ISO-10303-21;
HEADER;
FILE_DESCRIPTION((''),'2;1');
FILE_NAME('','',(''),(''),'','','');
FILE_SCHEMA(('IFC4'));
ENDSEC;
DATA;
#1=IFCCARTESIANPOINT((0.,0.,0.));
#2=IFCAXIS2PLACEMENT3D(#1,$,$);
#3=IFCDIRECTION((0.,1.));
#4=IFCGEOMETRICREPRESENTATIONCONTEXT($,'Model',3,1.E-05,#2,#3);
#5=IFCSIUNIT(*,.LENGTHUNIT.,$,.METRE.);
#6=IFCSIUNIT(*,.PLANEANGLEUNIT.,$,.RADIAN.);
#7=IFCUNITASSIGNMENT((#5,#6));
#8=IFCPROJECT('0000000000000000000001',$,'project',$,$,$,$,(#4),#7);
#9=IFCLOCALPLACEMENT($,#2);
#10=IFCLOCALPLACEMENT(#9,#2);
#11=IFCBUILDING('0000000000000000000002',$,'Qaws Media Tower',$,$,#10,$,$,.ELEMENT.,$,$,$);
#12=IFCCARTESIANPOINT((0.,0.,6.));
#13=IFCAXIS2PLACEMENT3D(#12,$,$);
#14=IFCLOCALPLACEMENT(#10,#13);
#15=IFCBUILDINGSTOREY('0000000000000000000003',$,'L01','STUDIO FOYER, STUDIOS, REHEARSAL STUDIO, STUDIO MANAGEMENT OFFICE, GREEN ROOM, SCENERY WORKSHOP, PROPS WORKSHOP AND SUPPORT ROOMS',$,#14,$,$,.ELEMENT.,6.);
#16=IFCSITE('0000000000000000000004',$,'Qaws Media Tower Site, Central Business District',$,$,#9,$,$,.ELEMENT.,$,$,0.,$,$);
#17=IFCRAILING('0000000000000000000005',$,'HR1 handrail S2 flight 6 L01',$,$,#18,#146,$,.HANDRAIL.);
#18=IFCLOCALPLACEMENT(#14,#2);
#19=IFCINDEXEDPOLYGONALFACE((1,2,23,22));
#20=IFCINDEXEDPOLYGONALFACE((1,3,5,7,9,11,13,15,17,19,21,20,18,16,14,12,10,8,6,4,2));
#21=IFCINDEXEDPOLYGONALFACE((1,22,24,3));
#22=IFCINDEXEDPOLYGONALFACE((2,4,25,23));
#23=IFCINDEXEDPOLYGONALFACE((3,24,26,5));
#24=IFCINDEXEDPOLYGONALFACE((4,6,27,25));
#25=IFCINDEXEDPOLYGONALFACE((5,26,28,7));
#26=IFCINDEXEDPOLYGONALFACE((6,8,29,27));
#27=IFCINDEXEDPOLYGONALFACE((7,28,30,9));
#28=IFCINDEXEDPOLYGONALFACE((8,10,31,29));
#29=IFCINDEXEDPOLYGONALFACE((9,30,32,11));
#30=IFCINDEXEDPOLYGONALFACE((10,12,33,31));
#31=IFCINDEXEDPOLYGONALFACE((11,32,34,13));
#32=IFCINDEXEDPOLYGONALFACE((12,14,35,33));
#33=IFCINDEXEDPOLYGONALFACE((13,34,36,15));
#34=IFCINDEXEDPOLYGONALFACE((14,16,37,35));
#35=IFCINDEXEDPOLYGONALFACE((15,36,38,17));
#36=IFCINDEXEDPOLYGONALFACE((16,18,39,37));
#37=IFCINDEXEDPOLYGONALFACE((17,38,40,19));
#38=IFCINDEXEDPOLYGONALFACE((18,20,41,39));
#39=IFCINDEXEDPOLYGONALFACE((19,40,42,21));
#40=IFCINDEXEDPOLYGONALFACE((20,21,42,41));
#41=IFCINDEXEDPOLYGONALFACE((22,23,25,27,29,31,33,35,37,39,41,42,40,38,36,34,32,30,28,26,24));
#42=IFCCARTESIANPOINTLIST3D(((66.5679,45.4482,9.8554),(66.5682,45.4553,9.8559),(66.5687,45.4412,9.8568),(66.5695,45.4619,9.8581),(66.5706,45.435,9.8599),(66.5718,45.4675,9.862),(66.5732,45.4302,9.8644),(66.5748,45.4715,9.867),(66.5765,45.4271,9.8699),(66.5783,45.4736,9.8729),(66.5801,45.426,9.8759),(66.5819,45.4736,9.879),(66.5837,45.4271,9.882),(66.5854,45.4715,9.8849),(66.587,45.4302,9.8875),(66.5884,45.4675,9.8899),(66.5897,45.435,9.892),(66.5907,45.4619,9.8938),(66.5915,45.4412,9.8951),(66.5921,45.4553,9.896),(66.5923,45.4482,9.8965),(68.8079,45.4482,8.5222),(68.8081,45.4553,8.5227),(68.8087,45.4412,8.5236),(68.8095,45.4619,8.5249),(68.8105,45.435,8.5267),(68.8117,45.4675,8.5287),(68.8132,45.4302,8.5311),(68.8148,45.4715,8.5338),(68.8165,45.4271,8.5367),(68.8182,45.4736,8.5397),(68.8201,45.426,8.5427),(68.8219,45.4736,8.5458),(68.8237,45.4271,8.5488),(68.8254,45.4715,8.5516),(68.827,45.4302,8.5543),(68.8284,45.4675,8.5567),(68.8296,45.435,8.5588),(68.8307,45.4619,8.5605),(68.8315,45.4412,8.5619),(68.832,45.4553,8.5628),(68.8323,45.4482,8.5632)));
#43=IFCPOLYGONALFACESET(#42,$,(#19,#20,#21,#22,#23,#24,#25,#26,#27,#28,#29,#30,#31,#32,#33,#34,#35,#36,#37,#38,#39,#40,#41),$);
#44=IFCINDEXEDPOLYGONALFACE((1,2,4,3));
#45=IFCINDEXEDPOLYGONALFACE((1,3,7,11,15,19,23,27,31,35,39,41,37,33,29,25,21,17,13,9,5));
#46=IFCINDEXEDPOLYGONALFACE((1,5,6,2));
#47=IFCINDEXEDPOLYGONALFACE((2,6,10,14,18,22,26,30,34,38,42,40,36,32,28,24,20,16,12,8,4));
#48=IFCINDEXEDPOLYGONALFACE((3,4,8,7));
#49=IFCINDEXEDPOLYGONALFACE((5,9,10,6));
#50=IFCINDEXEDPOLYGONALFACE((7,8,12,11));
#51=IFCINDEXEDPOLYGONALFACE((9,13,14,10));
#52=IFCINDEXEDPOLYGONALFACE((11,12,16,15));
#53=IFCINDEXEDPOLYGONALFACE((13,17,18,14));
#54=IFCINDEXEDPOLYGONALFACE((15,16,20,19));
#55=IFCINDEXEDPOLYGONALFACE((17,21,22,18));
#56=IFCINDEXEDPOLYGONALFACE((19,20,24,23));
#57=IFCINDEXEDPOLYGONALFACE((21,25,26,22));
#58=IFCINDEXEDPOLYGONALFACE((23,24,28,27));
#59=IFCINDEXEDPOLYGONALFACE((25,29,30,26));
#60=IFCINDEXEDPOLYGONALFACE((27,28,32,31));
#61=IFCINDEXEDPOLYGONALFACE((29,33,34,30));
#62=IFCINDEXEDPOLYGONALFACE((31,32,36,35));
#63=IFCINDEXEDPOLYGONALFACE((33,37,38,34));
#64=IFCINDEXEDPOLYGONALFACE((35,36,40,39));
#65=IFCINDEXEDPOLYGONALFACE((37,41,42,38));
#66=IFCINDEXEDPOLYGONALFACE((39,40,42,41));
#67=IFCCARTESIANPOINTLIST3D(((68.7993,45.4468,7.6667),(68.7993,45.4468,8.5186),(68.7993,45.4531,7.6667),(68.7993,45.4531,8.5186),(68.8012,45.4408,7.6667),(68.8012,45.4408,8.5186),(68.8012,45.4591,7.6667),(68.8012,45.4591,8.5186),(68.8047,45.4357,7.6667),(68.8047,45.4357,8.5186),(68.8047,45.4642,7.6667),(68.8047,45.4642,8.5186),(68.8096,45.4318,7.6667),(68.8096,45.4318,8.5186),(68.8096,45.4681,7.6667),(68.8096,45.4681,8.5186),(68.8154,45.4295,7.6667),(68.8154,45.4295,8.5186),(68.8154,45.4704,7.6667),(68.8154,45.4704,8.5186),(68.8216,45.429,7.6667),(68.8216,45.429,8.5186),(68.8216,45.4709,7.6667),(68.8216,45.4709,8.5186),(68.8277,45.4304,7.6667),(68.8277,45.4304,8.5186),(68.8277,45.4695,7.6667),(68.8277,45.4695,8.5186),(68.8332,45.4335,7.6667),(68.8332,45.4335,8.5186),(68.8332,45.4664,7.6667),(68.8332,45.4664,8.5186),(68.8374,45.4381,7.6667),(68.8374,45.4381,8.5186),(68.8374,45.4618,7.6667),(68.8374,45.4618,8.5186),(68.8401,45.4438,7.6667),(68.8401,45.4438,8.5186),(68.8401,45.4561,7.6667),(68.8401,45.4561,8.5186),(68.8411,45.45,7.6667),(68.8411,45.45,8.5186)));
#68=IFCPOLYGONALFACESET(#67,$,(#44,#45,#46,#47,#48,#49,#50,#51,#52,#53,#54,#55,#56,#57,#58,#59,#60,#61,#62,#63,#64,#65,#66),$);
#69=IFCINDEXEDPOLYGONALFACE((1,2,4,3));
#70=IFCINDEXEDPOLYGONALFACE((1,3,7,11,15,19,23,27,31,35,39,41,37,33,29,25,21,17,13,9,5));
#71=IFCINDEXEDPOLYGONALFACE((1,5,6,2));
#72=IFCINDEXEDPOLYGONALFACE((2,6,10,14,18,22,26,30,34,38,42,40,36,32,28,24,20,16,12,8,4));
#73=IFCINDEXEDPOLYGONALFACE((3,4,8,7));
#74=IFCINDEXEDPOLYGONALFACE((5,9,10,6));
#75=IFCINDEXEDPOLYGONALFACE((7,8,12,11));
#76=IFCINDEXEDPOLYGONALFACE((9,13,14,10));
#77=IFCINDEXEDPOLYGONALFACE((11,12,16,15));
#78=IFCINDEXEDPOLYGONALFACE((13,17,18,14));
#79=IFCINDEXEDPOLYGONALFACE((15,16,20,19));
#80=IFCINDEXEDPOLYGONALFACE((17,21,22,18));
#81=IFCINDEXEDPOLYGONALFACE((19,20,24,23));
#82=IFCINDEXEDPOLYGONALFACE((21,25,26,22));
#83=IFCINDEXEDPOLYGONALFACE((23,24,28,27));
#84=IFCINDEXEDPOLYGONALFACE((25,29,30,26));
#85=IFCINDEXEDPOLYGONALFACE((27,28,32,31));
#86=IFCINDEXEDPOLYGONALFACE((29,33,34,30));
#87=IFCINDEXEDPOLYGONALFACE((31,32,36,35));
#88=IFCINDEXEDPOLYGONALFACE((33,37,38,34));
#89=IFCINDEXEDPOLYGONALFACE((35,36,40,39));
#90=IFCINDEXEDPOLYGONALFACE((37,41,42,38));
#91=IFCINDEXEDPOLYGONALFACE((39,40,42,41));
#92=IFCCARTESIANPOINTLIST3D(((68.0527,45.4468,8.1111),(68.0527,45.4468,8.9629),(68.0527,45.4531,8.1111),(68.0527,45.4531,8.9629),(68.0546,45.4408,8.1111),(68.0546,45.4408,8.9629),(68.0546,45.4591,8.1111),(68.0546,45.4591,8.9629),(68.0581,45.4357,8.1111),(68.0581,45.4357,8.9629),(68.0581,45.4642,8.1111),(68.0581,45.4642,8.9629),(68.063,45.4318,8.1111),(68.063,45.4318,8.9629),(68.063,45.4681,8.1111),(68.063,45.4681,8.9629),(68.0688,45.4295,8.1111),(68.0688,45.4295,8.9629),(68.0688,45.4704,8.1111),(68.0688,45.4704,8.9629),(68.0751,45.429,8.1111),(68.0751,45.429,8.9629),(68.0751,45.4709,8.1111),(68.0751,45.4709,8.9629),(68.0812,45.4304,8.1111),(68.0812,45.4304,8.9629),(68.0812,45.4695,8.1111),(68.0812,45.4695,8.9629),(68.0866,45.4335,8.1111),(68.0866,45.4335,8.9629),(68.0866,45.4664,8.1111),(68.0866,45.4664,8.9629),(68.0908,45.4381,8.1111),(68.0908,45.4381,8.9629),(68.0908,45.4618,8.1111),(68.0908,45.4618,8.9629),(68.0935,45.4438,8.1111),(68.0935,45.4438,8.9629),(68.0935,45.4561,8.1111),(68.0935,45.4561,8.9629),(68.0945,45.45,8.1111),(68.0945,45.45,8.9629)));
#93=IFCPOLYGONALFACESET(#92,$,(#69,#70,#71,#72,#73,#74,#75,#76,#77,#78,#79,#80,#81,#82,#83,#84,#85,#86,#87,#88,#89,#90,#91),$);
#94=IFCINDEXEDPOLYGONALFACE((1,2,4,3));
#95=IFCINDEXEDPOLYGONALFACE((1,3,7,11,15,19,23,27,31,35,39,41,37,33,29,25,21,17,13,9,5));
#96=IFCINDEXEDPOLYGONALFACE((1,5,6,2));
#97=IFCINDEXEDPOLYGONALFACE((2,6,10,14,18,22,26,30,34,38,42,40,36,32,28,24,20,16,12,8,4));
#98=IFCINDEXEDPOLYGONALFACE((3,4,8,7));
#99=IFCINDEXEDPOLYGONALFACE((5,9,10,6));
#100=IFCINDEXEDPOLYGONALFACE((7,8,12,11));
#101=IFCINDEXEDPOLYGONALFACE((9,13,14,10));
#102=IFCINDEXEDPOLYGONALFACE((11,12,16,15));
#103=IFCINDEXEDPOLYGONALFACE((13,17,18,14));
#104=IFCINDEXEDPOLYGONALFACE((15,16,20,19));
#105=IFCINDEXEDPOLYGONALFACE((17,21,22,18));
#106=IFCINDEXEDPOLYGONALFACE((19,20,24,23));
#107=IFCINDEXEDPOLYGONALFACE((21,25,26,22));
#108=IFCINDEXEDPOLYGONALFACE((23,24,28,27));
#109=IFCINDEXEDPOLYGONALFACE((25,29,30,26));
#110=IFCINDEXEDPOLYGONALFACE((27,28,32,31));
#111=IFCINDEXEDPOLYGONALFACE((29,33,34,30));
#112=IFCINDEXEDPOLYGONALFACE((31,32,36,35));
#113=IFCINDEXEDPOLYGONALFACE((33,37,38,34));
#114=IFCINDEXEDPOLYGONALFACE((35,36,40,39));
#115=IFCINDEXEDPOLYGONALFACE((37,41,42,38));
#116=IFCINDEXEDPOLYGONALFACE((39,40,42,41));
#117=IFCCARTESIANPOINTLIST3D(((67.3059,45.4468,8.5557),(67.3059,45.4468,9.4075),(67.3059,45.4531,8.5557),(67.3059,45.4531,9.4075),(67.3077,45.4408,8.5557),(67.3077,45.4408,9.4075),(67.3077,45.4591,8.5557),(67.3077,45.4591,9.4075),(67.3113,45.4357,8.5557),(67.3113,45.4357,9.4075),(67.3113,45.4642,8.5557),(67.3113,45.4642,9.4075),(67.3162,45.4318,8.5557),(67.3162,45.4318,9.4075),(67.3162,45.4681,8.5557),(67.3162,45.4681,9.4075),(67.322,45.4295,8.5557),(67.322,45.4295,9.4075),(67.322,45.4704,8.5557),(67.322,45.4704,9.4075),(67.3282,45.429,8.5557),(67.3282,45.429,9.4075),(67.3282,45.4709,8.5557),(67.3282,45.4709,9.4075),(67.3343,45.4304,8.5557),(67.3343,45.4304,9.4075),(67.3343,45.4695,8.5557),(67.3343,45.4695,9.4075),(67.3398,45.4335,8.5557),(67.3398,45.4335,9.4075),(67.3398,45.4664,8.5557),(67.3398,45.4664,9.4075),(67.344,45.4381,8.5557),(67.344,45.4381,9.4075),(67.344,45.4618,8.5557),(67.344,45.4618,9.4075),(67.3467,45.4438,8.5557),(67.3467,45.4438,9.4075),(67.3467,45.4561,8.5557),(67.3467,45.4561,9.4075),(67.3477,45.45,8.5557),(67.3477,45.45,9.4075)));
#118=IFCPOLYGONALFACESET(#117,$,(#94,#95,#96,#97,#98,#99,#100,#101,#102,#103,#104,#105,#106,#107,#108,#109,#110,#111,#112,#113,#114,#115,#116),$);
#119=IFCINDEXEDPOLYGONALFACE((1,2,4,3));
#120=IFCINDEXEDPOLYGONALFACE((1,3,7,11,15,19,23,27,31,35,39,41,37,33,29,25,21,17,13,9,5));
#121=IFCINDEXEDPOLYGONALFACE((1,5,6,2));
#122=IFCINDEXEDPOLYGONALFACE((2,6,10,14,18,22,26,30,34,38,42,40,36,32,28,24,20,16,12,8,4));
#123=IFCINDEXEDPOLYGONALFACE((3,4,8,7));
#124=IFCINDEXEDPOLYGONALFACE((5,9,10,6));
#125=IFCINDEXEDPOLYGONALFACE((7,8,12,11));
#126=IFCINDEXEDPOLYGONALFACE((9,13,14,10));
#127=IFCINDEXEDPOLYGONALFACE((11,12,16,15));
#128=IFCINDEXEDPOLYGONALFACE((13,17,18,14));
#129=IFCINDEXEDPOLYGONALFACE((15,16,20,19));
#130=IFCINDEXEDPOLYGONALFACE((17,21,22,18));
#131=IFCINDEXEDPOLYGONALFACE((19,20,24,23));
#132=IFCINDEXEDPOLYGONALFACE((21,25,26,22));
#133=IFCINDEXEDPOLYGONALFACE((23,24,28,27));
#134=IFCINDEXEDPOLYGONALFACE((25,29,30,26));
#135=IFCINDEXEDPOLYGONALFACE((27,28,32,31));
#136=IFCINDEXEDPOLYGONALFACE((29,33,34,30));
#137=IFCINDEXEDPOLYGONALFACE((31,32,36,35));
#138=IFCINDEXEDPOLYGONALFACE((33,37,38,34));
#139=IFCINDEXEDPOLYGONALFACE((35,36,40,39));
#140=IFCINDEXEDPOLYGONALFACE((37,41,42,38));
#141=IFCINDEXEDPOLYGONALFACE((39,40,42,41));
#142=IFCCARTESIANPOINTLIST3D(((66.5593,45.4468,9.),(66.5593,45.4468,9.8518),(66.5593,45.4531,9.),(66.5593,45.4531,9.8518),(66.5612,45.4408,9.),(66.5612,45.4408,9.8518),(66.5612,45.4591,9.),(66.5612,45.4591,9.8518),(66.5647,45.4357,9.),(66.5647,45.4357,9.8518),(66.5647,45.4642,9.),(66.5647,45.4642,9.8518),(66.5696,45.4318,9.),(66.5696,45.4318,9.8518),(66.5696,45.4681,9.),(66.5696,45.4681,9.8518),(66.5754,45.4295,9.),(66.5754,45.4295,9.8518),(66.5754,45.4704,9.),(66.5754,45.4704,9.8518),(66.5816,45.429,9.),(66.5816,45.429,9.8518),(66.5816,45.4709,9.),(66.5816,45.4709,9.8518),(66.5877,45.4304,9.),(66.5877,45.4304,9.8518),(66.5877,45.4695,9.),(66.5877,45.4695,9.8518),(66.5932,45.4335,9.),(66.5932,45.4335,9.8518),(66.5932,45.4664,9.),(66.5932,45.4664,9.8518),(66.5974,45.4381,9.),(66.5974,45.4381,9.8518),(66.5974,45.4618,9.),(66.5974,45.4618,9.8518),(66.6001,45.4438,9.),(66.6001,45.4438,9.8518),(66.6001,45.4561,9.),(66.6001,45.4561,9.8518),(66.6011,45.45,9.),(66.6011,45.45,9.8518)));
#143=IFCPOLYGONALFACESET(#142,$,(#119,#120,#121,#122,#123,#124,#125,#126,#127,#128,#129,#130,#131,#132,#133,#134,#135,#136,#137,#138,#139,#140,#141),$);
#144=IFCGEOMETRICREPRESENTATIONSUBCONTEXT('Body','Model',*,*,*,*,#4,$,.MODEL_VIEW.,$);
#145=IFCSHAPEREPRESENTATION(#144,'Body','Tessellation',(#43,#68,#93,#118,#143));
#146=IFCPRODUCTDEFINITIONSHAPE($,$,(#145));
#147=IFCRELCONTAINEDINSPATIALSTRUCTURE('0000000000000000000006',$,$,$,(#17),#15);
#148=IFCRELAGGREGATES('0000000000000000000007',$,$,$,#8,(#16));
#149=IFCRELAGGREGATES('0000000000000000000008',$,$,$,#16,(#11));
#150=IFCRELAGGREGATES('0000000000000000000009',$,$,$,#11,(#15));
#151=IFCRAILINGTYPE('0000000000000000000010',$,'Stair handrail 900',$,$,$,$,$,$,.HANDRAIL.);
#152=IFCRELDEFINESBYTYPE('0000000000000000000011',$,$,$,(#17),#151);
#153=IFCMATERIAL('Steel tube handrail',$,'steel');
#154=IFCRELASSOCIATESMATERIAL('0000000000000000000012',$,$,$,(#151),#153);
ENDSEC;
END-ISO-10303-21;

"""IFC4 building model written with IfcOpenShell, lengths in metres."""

from ifc_helpers import new_model, si_unit, direction, frame, origin, origin_2d, place, context, subcontext, project, spatial, circle, extrude, material, type_object, element, save


model = new_model("IFC4")

# Units and contexts
model_context = context("Model", 3, precision=1e-05, world=origin(), true_north=direction((0.0, 1.0)))
body_context = subcontext(model_context, "Body", "Model", "MODEL_VIEW")
ifc_project = project(units=[si_unit("LENGTHUNIT", "METRE"), si_unit("PLANEANGLEUNIT", "RADIAN")], contexts=[model_context])

# Site, building, storey
site_placement = place(None, origin())
site = spatial("IfcSite", under=ifc_project, at=site_placement, Name="Qaws Media Tower Site, Central Business District", CompositionType="ELEMENT", RefElevation=0.0)
building_placement = place(site_placement, origin())
building = spatial("IfcBuilding", under=site, at=building_placement, Name="Qaws Media Tower", CompositionType="ELEMENT")
storey_placement = place(building_placement, frame((0.0, 0.0, 6.0)))
storey = spatial("IfcBuildingStorey", under=building, at=storey_placement, Name="L01", Description="STUDIO FOYER, STUDIOS, REHEARSAL STUDIO, STUDIO MANAGEMENT OFFICE, GREEN ROOM, SCENERY WORKSHOP, PROPS WORKSHOP AND SUPPORT ROOMS", CompositionType="ELEMENT", Elevation=6.0)

# Railing
ifc_material_1 = material(Name="Steel tube handrail", Category="steel")
railing_type = type_object("IfcRailingType", Name="Stair handrail 900", PredefinedType="HANDRAIL", material=ifc_material_1)
for number, where, name in (
    (1, (68.8201, 45.45, 7.6667), "HR1 handrail S2 flight 6 L01"),
):
    element("IfcRailing", number, at=place(storey_placement, frame(where)), inside=storey, type_object=railing_type, Name=name, PredefinedType="HANDRAIL", context=body_context, shape_type="SweptSolid", body=[
        extrude(circle(Radius=0.0239, at=origin_2d()), frame((0.0, 0.0, 0.876), z_axis=(-0.859306, 0.0, 0.511462), x_axis=(0.0, -1.0, 0.0)), (0.0, 0.0, 1.0), 2.6067),
        extrude(circle(Radius=0.021, at=origin_2d()), origin(), (0.0, 0.0, 1.0), 0.8518),
        extrude(circle(Radius=0.021, at=origin_2d()), frame((-0.7466, 0.0, 0.4443)), (0.0, 0.0, 1.0), 0.8518),
        extrude(circle(Radius=0.021, at=origin_2d()), frame((-1.4934, 0.0, 0.8889)), (0.0, 0.0, 1.0), 0.8518),
        extrude(circle(Radius=0.021, at=origin_2d()), frame((-2.24, 0.0, 1.3333)), (0.0, 0.0, 1.0), 0.8518),
    ])

save(model, "model.ifc")
